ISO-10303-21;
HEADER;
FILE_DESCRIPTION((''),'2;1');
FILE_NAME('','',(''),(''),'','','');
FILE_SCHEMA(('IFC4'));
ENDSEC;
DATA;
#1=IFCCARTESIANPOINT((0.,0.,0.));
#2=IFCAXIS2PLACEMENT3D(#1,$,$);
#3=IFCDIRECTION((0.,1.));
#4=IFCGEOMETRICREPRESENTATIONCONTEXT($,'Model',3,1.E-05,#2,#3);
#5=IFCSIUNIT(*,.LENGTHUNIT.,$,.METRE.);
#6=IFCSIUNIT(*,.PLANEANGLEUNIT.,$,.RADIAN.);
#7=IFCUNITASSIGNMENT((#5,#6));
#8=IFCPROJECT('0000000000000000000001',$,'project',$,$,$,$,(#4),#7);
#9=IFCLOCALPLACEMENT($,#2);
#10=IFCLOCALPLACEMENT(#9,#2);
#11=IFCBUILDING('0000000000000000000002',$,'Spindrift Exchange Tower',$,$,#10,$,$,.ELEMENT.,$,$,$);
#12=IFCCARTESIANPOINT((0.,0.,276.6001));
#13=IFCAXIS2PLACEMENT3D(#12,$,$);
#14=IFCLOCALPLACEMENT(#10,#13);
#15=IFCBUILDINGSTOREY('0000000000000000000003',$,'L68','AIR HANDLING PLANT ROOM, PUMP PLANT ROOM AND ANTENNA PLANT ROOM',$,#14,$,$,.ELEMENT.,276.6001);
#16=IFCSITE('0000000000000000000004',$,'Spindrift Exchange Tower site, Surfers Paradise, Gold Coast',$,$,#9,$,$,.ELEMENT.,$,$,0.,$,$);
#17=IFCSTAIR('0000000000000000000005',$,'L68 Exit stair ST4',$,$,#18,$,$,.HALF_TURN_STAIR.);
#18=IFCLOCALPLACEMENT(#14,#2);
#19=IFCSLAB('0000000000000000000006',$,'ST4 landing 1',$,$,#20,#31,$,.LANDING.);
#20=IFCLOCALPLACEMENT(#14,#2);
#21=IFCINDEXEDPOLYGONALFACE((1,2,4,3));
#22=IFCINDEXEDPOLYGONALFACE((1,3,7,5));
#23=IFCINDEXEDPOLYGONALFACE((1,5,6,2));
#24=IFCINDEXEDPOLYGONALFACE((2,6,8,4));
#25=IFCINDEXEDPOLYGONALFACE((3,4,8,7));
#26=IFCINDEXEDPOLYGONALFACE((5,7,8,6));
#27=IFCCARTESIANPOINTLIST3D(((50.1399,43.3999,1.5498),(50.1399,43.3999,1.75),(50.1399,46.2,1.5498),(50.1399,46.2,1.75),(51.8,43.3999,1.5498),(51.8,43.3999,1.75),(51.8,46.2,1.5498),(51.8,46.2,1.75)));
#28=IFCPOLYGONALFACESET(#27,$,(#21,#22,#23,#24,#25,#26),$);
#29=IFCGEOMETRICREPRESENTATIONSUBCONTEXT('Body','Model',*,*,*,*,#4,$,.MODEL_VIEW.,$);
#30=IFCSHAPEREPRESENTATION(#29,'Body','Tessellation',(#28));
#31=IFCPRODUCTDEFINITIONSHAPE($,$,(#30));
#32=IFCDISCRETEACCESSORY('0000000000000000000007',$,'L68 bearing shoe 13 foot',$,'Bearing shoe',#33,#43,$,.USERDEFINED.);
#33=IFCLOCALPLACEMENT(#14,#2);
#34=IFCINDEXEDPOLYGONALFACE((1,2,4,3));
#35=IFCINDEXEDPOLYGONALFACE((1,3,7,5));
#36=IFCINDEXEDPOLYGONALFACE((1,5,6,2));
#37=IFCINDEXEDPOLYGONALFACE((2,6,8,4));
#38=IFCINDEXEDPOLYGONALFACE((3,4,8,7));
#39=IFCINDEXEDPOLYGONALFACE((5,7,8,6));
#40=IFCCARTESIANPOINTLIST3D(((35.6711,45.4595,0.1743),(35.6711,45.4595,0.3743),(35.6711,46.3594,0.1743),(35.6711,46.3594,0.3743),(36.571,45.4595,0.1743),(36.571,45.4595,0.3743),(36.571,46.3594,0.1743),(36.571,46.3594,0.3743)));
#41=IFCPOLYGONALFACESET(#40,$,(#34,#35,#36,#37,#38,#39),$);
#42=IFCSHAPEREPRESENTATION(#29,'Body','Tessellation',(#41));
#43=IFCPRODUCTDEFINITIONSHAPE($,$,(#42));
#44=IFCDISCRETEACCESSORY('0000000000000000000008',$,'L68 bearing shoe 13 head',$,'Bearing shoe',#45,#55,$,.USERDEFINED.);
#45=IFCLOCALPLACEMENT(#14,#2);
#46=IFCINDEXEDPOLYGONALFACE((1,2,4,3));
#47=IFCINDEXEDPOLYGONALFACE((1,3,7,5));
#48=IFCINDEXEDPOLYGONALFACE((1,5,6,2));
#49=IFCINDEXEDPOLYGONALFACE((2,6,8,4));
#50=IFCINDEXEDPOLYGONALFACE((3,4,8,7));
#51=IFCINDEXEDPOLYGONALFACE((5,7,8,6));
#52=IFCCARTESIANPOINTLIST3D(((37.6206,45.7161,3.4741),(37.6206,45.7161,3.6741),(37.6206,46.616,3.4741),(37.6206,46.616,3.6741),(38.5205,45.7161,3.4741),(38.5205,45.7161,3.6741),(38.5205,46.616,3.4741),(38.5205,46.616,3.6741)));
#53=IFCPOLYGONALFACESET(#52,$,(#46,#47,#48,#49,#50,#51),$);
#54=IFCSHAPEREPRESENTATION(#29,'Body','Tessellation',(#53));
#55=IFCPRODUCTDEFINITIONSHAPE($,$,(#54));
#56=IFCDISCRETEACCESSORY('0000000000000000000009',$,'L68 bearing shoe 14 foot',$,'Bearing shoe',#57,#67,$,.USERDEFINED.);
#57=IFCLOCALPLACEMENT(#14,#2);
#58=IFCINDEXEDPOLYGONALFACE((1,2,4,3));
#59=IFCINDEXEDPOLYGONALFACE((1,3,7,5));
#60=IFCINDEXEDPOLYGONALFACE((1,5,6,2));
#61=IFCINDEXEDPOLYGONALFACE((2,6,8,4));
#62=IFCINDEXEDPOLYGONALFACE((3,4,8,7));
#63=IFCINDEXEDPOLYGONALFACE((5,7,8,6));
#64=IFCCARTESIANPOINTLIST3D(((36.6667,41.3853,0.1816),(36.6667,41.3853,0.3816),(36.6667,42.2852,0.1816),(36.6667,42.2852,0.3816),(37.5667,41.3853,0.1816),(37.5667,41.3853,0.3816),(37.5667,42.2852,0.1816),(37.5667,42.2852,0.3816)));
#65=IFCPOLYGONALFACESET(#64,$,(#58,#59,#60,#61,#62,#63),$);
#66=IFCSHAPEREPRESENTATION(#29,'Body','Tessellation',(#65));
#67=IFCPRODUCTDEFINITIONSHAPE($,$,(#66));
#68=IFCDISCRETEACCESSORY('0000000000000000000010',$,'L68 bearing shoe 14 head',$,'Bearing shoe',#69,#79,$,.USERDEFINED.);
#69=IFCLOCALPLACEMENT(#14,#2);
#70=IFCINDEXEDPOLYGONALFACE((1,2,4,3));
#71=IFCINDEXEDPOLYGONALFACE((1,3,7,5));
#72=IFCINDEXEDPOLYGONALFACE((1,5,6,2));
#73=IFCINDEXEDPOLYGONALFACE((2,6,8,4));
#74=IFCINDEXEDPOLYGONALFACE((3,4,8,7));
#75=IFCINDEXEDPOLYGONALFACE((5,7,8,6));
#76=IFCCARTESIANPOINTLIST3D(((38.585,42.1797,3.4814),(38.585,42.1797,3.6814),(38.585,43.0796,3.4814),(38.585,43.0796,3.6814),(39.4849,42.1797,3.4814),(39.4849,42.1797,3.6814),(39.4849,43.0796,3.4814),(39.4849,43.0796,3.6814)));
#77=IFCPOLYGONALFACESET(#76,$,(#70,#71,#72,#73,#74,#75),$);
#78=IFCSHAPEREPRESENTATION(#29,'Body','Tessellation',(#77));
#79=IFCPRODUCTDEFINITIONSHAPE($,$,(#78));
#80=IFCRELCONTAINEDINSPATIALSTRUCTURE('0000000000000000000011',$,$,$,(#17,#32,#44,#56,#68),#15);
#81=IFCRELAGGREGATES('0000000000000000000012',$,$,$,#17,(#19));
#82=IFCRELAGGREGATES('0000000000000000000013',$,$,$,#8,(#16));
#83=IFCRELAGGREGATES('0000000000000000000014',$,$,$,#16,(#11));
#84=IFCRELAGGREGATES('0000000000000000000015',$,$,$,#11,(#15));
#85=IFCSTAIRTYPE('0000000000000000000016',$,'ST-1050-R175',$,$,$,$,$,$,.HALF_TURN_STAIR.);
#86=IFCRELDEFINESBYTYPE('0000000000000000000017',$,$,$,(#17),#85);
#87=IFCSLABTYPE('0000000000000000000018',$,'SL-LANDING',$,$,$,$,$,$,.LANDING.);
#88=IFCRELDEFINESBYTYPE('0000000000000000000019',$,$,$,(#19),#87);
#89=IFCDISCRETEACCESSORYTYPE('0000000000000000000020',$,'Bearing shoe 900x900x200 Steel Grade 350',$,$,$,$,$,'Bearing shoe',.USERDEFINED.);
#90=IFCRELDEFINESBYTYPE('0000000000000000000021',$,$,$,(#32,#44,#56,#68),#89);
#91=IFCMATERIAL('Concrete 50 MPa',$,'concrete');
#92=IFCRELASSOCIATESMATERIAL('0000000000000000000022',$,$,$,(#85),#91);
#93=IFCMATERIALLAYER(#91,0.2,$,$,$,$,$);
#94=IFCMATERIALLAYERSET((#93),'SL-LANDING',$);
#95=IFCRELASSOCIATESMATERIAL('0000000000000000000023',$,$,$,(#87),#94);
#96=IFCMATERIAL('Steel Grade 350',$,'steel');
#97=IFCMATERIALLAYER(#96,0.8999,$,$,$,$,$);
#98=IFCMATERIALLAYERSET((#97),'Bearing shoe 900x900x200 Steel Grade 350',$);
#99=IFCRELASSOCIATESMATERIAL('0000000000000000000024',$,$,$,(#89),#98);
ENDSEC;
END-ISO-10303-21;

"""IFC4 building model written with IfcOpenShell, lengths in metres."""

from ifc_helpers import new_model, si_unit, direction, frame, origin, origin_2d, place, context, subcontext, project, spatial, line, indexed_curve, rectangle, outline, extrude, source, transform, mapped, material, layer, layer_set, type_object, element, aggregate, save


model = new_model("IFC4")

# Units and contexts
model_context = context("Model", 3, precision=1e-05, world=origin(), true_north=direction((0.0, 1.0)))
body_context = subcontext(model_context, "Body", "Model", "MODEL_VIEW")
ifc_project = project(units=[si_unit("LENGTHUNIT", "METRE"), si_unit("PLANEANGLEUNIT", "RADIAN")], contexts=[model_context])

# Site, building, storey
site_placement = place(None, origin())
site = spatial("IfcSite", under=ifc_project, at=site_placement, Name="Spindrift Exchange Tower site, Surfers Paradise, Gold Coast", CompositionType="ELEMENT", RefElevation=0.0)
building_placement = place(site_placement, origin())
building = spatial("IfcBuilding", under=site, at=building_placement, Name="Spindrift Exchange Tower", CompositionType="ELEMENT")
storey_placement = place(building_placement, frame((0.0, 0.0, 276.6001)))
storey = spatial("IfcBuildingStorey", under=building, at=storey_placement, Name="L68", Description="AIR HANDLING PLANT ROOM, PUMP PLANT ROOM AND ANTENNA PLANT ROOM", CompositionType="ELEMENT", Elevation=276.6001)

# Shared definitions
ifc_material_1 = material(Name="Concrete 50 MPa", Category="concrete")

# Stair, slab
stair_type = type_object("IfcStairType", Name="ST-1050-R175", PredefinedType="HALF_TURN_STAIR", material=ifc_material_1)
ifc_layer_1 = layer(ifc_material_1, 0.2)
ifc_layer_set_1 = layer_set([ifc_layer_1], Name="SL-LANDING")
slab_type_1 = type_object("IfcSlabType", Name="SL-LANDING", PredefinedType="LANDING", material=ifc_layer_set_1)
stair_1_placement = place(storey_placement, origin())
stair_1 = element("IfcStair", 1, at=stair_1_placement, inside=storey, type_object=stair_type, Name="L68 Exit stair ST4", PredefinedType="HALF_TURN_STAIR")
slab_1_placement = place(storey_placement, frame((0.0, 0.0, 1.5498)))
slab_1 = element("IfcSlab", 2, at=slab_1_placement, type_object=slab_type_1, Name="ST4 landing 1", PredefinedType="LANDING", context=body_context, shape_type="SweptSolid", body=[
    extrude(outline(indexed_curve([(50.1399, 46.2), (51.8, 46.2), (51.8, 43.3999), (50.1399, 43.3999)], segments=[line(1, 2, 3, 4, 1)], self_intersect=False)), origin(), (0.0, 0.0, 1.0), 0.2002),
])
aggregate(stair_1, [slab_1])

# Discrete accessories
ifc_material_2 = material(Name="Steel Grade 350", Category="steel")
ifc_layer_2 = layer(ifc_material_2, 0.8999)
ifc_layer_set_2 = layer_set([ifc_layer_2], Name="Bearing shoe 900x900x200 Steel Grade 350")
discrete_accessory_type = type_object("IfcDiscreteAccessoryType", Name="Bearing shoe 900x900x200 Steel Grade 350", ElementType="Bearing shoe", PredefinedType="USERDEFINED", material=ifc_layer_set_2)
shared_shape_1 = source(origin(), body_context, "Body", "SweptSolid", [
    extrude(rectangle(XDim=0.8999, YDim=0.8999, at=origin_2d()), origin(), (0.0, 0.0, 1.0), 0.2),
])
for number, where, z_axis, x_axis, name in (
    (3, (36.1211, 45.9094, 0.1743), (0.0, 0.0, 1.0), (1.0, 0.0, 0.0), "L68 bearing shoe 13 foot"),
    (4, (38.0706, 46.166, 3.4741), (0.0, 0.0, 1.0), (1.0, 0.0, 0.0), "L68 bearing shoe 13 head"),
    (5, (37.1167, 41.8352, 0.1816), (0.0, 0.0, 1.0), (1.0, 0.0, 0.0), "L68 bearing shoe 14 foot"),
    (6, (39.0349, 42.6296, 3.4814), (0.0, 0.0, 1.0), (1.0, 0.0, 0.0), "L68 bearing shoe 14 head"),
):
    element("IfcDiscreteAccessory", number, at=place(storey_placement, frame(where, z_axis=z_axis, x_axis=x_axis)), inside=storey, type_object=discrete_accessory_type, Name=name, ObjectType="Bearing shoe", PredefinedType="USERDEFINED", context=body_context, shape_type="MappedRepresentation", body=[
        mapped(shared_shape_1, transform((0.0, 0.0, 0.0), scale=1.0)),
    ])

save(model, "model.ifc")
